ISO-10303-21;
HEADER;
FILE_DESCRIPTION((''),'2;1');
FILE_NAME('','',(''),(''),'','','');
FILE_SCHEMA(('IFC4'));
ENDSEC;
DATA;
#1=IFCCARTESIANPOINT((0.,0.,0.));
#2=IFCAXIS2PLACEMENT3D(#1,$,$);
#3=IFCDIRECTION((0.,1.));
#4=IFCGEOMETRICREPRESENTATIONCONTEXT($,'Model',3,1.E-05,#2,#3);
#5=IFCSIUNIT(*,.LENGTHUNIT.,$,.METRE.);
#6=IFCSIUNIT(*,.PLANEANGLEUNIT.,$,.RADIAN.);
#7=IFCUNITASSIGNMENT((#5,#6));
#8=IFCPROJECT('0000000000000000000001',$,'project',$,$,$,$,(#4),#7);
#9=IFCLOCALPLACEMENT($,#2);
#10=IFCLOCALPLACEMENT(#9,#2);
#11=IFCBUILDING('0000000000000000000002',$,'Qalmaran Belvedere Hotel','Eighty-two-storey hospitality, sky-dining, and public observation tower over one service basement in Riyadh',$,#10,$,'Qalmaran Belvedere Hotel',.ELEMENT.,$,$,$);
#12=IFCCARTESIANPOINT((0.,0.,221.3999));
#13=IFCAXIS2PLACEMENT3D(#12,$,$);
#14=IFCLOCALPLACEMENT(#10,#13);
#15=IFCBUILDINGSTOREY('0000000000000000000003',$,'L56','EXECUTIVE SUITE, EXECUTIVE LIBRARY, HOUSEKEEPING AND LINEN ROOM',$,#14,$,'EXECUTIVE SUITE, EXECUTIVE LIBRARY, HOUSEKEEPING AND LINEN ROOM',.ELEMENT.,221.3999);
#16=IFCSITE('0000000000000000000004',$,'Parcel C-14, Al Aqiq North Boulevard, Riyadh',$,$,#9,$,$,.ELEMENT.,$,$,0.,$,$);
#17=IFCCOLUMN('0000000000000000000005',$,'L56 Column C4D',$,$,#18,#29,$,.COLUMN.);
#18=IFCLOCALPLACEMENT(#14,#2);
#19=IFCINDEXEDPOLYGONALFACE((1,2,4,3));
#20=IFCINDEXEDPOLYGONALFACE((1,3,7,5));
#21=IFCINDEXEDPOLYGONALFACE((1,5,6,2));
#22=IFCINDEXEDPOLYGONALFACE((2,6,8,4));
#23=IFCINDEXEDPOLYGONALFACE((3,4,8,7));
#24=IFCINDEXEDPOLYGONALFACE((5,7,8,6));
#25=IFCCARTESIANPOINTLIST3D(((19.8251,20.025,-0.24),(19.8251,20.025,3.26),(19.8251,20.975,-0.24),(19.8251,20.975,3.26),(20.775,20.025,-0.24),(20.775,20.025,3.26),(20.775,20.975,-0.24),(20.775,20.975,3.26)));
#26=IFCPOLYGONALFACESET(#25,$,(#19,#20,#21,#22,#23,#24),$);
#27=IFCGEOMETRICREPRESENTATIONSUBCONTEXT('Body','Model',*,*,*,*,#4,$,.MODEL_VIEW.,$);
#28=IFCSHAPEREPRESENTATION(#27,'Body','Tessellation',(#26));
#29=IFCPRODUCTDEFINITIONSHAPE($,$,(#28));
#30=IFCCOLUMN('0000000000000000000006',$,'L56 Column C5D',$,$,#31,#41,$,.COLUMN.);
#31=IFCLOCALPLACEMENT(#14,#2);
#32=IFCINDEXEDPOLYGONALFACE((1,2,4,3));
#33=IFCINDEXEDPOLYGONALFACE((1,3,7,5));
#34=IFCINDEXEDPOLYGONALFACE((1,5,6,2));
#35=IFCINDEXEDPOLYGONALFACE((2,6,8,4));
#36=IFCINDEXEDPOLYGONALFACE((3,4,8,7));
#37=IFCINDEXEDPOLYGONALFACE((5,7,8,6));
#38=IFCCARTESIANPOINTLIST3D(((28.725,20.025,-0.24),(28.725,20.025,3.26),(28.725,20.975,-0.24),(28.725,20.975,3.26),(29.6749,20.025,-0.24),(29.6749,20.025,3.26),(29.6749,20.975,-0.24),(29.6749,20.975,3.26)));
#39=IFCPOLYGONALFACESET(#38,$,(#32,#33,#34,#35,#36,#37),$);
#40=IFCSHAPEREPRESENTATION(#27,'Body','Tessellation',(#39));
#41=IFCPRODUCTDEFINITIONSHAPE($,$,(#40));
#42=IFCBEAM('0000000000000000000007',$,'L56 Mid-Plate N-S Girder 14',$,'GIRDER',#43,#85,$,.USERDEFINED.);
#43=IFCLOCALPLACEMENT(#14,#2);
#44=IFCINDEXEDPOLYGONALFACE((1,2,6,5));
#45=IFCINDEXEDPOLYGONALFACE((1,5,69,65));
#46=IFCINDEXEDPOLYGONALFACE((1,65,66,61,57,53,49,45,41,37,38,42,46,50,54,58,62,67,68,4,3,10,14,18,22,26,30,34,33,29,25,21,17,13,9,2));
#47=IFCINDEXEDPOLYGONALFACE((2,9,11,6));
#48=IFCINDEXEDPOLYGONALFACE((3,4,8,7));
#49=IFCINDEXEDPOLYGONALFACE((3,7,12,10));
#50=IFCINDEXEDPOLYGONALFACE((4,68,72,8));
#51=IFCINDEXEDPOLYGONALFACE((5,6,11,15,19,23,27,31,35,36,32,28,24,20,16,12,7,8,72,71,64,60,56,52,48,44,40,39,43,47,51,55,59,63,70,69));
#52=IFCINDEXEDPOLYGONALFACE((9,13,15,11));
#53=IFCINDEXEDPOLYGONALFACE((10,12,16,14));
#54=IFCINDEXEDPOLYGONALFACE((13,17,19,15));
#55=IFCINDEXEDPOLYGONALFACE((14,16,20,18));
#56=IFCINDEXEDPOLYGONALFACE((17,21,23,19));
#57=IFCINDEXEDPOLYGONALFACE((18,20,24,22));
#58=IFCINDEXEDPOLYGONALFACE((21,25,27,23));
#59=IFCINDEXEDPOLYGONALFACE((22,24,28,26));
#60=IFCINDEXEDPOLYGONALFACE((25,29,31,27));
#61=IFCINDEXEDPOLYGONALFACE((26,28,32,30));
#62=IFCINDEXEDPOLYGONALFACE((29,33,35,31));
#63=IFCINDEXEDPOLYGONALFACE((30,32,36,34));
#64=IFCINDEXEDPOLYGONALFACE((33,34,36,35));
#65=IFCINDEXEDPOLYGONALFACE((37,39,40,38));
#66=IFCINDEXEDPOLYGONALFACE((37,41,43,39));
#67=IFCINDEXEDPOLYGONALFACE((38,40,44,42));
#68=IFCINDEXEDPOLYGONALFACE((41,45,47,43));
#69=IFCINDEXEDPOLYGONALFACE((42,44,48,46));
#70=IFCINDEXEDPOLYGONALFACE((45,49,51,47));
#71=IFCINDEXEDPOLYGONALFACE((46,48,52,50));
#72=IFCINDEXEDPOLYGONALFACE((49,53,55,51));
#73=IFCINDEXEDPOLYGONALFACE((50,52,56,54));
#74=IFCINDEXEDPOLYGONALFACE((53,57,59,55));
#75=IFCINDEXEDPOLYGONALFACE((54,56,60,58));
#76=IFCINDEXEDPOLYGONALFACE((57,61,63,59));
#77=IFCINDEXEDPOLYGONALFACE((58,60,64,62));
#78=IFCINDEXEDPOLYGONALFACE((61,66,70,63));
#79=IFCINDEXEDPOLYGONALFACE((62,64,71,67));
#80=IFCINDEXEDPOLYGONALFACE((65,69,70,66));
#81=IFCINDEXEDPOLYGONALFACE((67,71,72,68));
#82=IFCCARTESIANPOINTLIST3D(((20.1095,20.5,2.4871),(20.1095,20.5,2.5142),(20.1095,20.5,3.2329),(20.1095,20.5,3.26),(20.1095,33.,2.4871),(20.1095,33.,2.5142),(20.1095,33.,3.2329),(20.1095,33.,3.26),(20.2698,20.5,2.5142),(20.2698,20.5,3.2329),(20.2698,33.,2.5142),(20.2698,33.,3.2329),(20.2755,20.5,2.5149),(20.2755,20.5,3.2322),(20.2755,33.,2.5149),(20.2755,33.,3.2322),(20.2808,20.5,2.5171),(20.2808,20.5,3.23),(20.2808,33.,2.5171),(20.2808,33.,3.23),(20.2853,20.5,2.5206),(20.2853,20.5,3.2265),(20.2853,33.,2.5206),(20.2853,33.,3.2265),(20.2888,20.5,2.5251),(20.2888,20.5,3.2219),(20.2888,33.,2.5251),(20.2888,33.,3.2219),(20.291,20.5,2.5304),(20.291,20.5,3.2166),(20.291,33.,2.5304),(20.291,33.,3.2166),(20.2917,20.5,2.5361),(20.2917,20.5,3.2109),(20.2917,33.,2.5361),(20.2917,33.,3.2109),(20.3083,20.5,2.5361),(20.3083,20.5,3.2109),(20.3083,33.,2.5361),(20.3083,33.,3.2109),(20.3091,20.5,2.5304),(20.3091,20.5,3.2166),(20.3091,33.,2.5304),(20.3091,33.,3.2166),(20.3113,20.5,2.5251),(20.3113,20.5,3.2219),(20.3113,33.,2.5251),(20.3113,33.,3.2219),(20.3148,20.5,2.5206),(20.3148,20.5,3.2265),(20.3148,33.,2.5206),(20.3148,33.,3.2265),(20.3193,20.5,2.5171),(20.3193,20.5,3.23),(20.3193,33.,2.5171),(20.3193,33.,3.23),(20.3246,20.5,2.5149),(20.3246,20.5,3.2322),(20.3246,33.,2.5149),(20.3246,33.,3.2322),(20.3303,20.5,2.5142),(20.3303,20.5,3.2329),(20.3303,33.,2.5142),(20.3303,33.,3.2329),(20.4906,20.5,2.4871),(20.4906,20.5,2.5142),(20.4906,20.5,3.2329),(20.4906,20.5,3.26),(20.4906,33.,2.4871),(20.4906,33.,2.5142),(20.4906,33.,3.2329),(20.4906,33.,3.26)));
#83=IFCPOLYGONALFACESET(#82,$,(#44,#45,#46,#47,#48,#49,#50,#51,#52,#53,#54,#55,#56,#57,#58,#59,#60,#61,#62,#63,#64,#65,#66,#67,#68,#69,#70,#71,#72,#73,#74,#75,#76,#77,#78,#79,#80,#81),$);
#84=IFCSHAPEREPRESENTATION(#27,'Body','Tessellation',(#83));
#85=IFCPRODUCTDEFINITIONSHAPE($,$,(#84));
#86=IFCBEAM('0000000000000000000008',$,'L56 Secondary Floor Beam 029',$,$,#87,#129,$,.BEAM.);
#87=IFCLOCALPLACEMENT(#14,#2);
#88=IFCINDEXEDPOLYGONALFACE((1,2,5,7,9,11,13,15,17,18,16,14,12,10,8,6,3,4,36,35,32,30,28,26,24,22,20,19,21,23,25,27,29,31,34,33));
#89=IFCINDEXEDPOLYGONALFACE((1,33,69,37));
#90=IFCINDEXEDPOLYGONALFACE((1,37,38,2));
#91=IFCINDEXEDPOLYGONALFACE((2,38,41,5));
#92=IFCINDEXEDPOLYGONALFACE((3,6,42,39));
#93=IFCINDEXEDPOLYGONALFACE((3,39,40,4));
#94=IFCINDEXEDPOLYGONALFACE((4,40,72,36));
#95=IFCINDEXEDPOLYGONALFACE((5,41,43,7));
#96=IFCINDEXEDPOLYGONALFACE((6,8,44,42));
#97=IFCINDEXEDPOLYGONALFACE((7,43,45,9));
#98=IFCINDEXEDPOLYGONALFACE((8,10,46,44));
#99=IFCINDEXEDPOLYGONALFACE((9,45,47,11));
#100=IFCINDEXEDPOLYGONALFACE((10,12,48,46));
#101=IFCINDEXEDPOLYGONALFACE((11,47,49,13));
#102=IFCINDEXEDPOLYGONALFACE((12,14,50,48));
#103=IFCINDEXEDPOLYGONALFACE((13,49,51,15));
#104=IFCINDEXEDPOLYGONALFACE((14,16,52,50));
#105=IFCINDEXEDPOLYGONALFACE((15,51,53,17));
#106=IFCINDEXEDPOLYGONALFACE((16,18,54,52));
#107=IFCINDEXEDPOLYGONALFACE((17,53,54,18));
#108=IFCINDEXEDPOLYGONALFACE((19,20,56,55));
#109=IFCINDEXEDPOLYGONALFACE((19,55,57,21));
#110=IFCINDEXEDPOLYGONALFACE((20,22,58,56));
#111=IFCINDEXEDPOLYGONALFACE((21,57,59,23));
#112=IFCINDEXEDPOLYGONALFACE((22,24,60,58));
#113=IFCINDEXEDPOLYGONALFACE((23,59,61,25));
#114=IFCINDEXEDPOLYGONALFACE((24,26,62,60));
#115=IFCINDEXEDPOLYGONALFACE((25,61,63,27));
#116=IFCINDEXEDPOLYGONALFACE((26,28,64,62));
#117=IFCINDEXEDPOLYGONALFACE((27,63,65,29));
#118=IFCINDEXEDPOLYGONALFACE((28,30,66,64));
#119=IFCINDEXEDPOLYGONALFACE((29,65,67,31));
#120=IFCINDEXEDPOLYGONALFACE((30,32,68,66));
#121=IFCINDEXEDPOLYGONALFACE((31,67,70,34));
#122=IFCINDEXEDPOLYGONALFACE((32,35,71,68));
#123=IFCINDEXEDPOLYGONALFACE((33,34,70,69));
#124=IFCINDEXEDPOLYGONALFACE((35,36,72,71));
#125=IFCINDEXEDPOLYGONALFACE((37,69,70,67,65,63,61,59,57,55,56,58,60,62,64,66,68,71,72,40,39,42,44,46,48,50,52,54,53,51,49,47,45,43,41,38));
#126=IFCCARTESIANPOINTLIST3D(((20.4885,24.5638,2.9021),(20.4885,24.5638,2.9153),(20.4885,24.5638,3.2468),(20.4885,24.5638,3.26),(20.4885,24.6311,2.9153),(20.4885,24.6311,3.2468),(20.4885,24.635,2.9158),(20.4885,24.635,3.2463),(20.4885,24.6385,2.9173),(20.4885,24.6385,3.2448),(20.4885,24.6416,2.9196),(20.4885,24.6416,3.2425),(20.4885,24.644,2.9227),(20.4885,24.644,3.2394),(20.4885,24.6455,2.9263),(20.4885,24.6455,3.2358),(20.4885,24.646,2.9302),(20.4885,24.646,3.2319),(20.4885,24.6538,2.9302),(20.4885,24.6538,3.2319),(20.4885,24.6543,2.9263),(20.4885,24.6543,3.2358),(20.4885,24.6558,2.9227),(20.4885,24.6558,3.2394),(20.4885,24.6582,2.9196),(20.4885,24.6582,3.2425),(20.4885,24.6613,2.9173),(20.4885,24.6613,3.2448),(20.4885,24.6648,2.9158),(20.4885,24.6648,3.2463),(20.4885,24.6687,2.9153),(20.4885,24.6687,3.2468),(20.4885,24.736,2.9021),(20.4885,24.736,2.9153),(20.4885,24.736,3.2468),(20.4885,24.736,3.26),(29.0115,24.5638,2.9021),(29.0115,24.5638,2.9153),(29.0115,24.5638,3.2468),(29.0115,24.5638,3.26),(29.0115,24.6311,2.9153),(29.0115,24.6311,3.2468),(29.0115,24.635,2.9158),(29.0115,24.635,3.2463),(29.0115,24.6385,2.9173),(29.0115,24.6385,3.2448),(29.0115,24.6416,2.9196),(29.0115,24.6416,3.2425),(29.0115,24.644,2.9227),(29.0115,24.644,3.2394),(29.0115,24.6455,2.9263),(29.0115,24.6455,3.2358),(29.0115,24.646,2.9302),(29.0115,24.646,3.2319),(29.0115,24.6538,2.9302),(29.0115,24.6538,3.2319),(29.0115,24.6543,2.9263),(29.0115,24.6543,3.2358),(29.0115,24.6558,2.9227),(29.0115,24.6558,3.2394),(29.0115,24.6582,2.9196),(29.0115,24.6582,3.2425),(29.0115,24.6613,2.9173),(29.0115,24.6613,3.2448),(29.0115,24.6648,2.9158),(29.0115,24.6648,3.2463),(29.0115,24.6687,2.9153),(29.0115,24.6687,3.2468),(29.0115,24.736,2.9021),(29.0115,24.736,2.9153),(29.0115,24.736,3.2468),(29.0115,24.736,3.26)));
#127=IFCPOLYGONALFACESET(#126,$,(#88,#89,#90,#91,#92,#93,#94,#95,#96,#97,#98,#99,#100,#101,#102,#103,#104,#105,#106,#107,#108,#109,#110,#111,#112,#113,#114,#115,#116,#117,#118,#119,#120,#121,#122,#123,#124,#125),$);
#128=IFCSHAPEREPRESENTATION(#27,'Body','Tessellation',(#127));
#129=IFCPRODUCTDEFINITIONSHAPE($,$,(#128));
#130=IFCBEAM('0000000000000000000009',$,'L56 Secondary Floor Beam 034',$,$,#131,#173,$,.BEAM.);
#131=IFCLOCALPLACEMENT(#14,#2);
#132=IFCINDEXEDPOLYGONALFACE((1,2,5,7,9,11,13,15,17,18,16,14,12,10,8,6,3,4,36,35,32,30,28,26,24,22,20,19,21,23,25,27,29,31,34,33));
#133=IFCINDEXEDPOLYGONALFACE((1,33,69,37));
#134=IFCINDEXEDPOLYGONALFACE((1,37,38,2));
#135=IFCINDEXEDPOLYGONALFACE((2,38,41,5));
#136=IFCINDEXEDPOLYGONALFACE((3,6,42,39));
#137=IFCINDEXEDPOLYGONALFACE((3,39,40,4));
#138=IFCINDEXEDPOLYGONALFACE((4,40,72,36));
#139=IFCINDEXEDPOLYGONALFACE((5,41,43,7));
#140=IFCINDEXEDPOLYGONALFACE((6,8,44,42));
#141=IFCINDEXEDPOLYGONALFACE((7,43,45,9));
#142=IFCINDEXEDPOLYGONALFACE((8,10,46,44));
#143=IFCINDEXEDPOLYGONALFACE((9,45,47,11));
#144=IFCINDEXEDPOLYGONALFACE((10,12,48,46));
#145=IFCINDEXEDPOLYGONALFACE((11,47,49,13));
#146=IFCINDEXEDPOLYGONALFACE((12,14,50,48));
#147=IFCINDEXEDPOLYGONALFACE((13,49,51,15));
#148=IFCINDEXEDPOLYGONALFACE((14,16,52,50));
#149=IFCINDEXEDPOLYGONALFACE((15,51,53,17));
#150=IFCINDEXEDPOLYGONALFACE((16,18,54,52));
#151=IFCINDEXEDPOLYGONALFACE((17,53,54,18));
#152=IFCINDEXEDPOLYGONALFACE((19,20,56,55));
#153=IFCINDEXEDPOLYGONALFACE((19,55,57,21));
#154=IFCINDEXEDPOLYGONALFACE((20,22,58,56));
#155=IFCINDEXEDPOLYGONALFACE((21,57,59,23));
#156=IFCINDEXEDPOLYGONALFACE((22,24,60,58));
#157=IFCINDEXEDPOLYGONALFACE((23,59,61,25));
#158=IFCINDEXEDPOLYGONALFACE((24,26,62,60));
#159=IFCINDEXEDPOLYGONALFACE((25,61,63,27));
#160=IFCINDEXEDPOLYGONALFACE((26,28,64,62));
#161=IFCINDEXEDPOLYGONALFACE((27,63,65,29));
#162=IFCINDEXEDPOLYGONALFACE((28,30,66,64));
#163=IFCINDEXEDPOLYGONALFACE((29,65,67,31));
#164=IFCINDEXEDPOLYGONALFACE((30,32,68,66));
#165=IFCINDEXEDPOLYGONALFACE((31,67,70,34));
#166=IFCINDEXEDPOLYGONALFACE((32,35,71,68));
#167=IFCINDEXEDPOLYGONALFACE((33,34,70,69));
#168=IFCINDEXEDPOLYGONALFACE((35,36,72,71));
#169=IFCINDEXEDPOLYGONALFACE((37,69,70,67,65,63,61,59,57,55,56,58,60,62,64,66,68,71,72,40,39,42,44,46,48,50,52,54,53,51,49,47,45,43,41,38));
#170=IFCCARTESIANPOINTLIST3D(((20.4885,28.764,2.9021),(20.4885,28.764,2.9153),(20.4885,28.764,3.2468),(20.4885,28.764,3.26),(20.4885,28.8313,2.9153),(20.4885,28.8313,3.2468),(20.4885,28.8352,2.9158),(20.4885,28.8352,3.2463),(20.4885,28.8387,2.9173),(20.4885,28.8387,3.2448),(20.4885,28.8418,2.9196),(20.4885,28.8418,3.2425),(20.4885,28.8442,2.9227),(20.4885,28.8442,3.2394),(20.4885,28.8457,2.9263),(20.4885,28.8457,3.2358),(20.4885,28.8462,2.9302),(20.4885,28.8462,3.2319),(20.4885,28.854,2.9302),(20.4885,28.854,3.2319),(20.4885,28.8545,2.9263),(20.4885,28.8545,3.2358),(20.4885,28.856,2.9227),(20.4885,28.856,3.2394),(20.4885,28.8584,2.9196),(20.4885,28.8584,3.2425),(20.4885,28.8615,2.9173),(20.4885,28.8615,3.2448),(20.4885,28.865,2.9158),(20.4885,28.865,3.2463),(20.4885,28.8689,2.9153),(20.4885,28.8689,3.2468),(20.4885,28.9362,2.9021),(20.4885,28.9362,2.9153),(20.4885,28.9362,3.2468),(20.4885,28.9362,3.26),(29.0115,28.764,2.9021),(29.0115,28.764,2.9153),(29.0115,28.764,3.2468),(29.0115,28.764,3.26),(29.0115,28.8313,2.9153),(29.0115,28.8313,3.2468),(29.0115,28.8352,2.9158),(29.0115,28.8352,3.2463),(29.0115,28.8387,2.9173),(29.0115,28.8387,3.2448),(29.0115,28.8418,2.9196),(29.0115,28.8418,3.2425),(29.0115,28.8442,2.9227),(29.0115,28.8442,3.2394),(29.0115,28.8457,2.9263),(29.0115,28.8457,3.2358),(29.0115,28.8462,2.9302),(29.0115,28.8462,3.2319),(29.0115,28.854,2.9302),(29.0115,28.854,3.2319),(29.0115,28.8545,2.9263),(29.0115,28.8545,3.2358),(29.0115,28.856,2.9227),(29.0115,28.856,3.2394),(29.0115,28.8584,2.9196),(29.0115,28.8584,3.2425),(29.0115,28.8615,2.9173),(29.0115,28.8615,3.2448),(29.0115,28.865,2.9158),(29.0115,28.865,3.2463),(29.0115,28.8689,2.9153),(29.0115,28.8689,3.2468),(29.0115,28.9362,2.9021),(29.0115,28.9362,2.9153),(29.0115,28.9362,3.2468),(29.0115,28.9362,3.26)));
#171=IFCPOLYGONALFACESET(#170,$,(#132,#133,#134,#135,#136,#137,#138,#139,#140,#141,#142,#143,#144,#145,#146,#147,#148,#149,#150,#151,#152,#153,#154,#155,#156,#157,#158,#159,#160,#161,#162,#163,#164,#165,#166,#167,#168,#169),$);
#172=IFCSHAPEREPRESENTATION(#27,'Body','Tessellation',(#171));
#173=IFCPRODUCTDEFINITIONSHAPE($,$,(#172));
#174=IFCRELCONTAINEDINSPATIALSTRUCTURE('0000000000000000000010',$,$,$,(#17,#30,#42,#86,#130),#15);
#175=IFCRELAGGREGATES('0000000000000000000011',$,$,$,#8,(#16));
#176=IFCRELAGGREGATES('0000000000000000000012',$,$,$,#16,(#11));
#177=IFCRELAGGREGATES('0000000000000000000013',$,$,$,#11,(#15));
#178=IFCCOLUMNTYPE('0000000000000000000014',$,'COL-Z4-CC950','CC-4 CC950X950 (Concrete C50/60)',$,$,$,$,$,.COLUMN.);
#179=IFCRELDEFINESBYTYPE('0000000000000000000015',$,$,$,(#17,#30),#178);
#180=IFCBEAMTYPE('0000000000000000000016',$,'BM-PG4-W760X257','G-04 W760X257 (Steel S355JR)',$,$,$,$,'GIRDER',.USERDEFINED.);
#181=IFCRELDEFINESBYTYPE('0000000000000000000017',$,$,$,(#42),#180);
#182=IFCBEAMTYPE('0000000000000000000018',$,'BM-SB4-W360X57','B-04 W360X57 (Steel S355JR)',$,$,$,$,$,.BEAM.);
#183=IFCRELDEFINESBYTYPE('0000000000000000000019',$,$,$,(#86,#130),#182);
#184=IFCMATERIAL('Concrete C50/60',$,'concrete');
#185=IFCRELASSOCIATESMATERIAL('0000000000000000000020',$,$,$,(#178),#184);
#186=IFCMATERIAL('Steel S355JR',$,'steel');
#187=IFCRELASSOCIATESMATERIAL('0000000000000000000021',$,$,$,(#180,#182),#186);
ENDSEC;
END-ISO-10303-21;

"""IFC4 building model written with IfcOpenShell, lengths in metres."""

from ifc_helpers import new_model, si_unit, direction, frame, origin, origin_2d, place, context, subcontext, project, spatial, rectangle, i_section, extrude, material, material_profile, profile_set, type_object, element, save


model = new_model("IFC4")

# Units and contexts
model_context = context("Model", 3, precision=1e-05, world=origin(), true_north=direction((0.0, 1.0)))
body_context = subcontext(model_context, "Body", "Model", "MODEL_VIEW")
ifc_project = project(units=[si_unit("LENGTHUNIT", "METRE"), si_unit("PLANEANGLEUNIT", "RADIAN")], contexts=[model_context])

# Site, building, storey
site_placement = place(None, origin())
site = spatial("IfcSite", under=ifc_project, at=site_placement, Name="Parcel C-14, Al Aqiq North Boulevard, Riyadh", CompositionType="ELEMENT", RefElevation=0.0)
building_placement = place(site_placement, origin())
building = spatial("IfcBuilding", under=site, at=building_placement, Name="Qalmaran Belvedere Hotel", Description="Eighty-two-storey hospitality, sky-dining, and public observation tower over one service basement in Riyadh", LongName="Qalmaran Belvedere Hotel", CompositionType="ELEMENT")
storey_placement = place(building_placement, frame((0.0, 0.0, 221.3999)))
storey = spatial("IfcBuildingStorey", under=building, at=storey_placement, Name="L56", Description="EXECUTIVE SUITE, EXECUTIVE LIBRARY, HOUSEKEEPING AND LINEN ROOM", LongName="EXECUTIVE SUITE, EXECUTIVE LIBRARY, HOUSEKEEPING AND LINEN ROOM", CompositionType="ELEMENT", Elevation=221.3999)

# Columns
ifc_material_1 = material(Name="Concrete C50/60", Category="concrete")
ifc_material_profile_1 = material_profile(ifc_material_1, rectangle(XDim=0.95, YDim=0.95, at=origin_2d()), Name="CC950X950")
ifc_profile_set_1 = profile_set([ifc_material_profile_1], Name="Concrete C50/60")
column_type = type_object("IfcColumnType", Name="COL-Z4-CC950", Description="CC-4 CC950X950 (Concrete C50/60)", PredefinedType="COLUMN", material=ifc_profile_set_1)
for number, where, z_axis, x_axis, name in (
    (1, (20.3, 20.5, -0.24), (0.0, 0.0, 1.0), (1.0, 0.0, 0.0), "L56 Column C4D"),
    (2, (29.2, 20.5, -0.24), (0.0, 0.0, 1.0), (1.0, 0.0, 0.0), "L56 Column C5D"),
):
    element("IfcColumn", number, at=place(storey_placement, frame(where, z_axis=z_axis, x_axis=x_axis)), inside=storey, type_object=column_type, Name=name, PredefinedType="COLUMN", context=body_context, shape_type="SweptSolid", body=[
        extrude(rectangle(XDim=0.95, YDim=0.95, at=origin_2d()), origin(), (0.0, 0.0, 1.0), 3.5),
    ])

# Beams
ifc_material_2 = material(Name="Steel S355JR", Category="steel")
ifc_material_profile_2 = material_profile(ifc_material_2, i_section(OverallWidth=0.3811, OverallDepth=0.7729, WebThickness=0.0166, FlangeThickness=0.0271, FilletRadius=0.022, at=origin_2d()), Name="W760X257")
ifc_profile_set_2 = profile_set([ifc_material_profile_2], Name="Steel S355JR")
beam_type_1 = type_object("IfcBeamType", Name="BM-PG4-W760X257", Description="G-04 W760X257 (Steel S355JR)", ElementType="GIRDER", PredefinedType="USERDEFINED", material=ifc_profile_set_2)
beam_1_placement = place(storey_placement, frame((20.3, 20.5, 2.8735), z_axis=(0.0, 1.0, 0.0), x_axis=(-1.0, 0.0, 0.0)))
element("IfcBeam", 3, at=beam_1_placement, inside=storey, type_object=beam_type_1, Name="L56 Mid-Plate N-S Girder 14", ObjectType="GIRDER", PredefinedType="USERDEFINED", context=body_context, shape_type="SweptSolid", body=[
    extrude(i_section(OverallWidth=0.3811, OverallDepth=0.7729, WebThickness=0.0166, FlangeThickness=0.0271, FilletRadius=0.022, at=origin_2d()), origin(), (0.0, 0.0, 1.0), 12.5),
])
ifc_material_profile_3 = material_profile(ifc_material_2, i_section(OverallWidth=0.1721, OverallDepth=0.3579, WebThickness=0.0078, FlangeThickness=0.0132, FilletRadius=0.0149, at=origin_2d()), Name="W360X57")
ifc_profile_set_3 = profile_set([ifc_material_profile_3], Name="Steel S355JR")
beam_type_2 = type_object("IfcBeamType", Name="BM-SB4-W360X57", Description="B-04 W360X57 (Steel S355JR)", PredefinedType="BEAM", material=ifc_profile_set_3)
for number, where, z_axis, x_axis, name in (
    (4, (20.4885, 24.6499, 3.0811), (1.0, 0.0, 0.0), (0.0, 1.0, 0.0), "L56 Secondary Floor Beam 029"),
    (5, (20.4885, 28.8501, 3.0811), (1.0, 0.0, 0.0), (0.0, 1.0, 0.0), "L56 Secondary Floor Beam 034"),
):
    element("IfcBeam", number, at=place(storey_placement, frame(where, z_axis=z_axis, x_axis=x_axis)), inside=storey, type_object=beam_type_2, Name=name, PredefinedType="BEAM", context=body_context, shape_type="SweptSolid", body=[
        extrude(i_section(OverallWidth=0.1721, OverallDepth=0.3579, WebThickness=0.0078, FlangeThickness=0.0132, FilletRadius=0.0149, at=origin_2d()), origin(), (0.0, 0.0, 1.0), 8.5229),
    ])

save(model, "model.ifc")
